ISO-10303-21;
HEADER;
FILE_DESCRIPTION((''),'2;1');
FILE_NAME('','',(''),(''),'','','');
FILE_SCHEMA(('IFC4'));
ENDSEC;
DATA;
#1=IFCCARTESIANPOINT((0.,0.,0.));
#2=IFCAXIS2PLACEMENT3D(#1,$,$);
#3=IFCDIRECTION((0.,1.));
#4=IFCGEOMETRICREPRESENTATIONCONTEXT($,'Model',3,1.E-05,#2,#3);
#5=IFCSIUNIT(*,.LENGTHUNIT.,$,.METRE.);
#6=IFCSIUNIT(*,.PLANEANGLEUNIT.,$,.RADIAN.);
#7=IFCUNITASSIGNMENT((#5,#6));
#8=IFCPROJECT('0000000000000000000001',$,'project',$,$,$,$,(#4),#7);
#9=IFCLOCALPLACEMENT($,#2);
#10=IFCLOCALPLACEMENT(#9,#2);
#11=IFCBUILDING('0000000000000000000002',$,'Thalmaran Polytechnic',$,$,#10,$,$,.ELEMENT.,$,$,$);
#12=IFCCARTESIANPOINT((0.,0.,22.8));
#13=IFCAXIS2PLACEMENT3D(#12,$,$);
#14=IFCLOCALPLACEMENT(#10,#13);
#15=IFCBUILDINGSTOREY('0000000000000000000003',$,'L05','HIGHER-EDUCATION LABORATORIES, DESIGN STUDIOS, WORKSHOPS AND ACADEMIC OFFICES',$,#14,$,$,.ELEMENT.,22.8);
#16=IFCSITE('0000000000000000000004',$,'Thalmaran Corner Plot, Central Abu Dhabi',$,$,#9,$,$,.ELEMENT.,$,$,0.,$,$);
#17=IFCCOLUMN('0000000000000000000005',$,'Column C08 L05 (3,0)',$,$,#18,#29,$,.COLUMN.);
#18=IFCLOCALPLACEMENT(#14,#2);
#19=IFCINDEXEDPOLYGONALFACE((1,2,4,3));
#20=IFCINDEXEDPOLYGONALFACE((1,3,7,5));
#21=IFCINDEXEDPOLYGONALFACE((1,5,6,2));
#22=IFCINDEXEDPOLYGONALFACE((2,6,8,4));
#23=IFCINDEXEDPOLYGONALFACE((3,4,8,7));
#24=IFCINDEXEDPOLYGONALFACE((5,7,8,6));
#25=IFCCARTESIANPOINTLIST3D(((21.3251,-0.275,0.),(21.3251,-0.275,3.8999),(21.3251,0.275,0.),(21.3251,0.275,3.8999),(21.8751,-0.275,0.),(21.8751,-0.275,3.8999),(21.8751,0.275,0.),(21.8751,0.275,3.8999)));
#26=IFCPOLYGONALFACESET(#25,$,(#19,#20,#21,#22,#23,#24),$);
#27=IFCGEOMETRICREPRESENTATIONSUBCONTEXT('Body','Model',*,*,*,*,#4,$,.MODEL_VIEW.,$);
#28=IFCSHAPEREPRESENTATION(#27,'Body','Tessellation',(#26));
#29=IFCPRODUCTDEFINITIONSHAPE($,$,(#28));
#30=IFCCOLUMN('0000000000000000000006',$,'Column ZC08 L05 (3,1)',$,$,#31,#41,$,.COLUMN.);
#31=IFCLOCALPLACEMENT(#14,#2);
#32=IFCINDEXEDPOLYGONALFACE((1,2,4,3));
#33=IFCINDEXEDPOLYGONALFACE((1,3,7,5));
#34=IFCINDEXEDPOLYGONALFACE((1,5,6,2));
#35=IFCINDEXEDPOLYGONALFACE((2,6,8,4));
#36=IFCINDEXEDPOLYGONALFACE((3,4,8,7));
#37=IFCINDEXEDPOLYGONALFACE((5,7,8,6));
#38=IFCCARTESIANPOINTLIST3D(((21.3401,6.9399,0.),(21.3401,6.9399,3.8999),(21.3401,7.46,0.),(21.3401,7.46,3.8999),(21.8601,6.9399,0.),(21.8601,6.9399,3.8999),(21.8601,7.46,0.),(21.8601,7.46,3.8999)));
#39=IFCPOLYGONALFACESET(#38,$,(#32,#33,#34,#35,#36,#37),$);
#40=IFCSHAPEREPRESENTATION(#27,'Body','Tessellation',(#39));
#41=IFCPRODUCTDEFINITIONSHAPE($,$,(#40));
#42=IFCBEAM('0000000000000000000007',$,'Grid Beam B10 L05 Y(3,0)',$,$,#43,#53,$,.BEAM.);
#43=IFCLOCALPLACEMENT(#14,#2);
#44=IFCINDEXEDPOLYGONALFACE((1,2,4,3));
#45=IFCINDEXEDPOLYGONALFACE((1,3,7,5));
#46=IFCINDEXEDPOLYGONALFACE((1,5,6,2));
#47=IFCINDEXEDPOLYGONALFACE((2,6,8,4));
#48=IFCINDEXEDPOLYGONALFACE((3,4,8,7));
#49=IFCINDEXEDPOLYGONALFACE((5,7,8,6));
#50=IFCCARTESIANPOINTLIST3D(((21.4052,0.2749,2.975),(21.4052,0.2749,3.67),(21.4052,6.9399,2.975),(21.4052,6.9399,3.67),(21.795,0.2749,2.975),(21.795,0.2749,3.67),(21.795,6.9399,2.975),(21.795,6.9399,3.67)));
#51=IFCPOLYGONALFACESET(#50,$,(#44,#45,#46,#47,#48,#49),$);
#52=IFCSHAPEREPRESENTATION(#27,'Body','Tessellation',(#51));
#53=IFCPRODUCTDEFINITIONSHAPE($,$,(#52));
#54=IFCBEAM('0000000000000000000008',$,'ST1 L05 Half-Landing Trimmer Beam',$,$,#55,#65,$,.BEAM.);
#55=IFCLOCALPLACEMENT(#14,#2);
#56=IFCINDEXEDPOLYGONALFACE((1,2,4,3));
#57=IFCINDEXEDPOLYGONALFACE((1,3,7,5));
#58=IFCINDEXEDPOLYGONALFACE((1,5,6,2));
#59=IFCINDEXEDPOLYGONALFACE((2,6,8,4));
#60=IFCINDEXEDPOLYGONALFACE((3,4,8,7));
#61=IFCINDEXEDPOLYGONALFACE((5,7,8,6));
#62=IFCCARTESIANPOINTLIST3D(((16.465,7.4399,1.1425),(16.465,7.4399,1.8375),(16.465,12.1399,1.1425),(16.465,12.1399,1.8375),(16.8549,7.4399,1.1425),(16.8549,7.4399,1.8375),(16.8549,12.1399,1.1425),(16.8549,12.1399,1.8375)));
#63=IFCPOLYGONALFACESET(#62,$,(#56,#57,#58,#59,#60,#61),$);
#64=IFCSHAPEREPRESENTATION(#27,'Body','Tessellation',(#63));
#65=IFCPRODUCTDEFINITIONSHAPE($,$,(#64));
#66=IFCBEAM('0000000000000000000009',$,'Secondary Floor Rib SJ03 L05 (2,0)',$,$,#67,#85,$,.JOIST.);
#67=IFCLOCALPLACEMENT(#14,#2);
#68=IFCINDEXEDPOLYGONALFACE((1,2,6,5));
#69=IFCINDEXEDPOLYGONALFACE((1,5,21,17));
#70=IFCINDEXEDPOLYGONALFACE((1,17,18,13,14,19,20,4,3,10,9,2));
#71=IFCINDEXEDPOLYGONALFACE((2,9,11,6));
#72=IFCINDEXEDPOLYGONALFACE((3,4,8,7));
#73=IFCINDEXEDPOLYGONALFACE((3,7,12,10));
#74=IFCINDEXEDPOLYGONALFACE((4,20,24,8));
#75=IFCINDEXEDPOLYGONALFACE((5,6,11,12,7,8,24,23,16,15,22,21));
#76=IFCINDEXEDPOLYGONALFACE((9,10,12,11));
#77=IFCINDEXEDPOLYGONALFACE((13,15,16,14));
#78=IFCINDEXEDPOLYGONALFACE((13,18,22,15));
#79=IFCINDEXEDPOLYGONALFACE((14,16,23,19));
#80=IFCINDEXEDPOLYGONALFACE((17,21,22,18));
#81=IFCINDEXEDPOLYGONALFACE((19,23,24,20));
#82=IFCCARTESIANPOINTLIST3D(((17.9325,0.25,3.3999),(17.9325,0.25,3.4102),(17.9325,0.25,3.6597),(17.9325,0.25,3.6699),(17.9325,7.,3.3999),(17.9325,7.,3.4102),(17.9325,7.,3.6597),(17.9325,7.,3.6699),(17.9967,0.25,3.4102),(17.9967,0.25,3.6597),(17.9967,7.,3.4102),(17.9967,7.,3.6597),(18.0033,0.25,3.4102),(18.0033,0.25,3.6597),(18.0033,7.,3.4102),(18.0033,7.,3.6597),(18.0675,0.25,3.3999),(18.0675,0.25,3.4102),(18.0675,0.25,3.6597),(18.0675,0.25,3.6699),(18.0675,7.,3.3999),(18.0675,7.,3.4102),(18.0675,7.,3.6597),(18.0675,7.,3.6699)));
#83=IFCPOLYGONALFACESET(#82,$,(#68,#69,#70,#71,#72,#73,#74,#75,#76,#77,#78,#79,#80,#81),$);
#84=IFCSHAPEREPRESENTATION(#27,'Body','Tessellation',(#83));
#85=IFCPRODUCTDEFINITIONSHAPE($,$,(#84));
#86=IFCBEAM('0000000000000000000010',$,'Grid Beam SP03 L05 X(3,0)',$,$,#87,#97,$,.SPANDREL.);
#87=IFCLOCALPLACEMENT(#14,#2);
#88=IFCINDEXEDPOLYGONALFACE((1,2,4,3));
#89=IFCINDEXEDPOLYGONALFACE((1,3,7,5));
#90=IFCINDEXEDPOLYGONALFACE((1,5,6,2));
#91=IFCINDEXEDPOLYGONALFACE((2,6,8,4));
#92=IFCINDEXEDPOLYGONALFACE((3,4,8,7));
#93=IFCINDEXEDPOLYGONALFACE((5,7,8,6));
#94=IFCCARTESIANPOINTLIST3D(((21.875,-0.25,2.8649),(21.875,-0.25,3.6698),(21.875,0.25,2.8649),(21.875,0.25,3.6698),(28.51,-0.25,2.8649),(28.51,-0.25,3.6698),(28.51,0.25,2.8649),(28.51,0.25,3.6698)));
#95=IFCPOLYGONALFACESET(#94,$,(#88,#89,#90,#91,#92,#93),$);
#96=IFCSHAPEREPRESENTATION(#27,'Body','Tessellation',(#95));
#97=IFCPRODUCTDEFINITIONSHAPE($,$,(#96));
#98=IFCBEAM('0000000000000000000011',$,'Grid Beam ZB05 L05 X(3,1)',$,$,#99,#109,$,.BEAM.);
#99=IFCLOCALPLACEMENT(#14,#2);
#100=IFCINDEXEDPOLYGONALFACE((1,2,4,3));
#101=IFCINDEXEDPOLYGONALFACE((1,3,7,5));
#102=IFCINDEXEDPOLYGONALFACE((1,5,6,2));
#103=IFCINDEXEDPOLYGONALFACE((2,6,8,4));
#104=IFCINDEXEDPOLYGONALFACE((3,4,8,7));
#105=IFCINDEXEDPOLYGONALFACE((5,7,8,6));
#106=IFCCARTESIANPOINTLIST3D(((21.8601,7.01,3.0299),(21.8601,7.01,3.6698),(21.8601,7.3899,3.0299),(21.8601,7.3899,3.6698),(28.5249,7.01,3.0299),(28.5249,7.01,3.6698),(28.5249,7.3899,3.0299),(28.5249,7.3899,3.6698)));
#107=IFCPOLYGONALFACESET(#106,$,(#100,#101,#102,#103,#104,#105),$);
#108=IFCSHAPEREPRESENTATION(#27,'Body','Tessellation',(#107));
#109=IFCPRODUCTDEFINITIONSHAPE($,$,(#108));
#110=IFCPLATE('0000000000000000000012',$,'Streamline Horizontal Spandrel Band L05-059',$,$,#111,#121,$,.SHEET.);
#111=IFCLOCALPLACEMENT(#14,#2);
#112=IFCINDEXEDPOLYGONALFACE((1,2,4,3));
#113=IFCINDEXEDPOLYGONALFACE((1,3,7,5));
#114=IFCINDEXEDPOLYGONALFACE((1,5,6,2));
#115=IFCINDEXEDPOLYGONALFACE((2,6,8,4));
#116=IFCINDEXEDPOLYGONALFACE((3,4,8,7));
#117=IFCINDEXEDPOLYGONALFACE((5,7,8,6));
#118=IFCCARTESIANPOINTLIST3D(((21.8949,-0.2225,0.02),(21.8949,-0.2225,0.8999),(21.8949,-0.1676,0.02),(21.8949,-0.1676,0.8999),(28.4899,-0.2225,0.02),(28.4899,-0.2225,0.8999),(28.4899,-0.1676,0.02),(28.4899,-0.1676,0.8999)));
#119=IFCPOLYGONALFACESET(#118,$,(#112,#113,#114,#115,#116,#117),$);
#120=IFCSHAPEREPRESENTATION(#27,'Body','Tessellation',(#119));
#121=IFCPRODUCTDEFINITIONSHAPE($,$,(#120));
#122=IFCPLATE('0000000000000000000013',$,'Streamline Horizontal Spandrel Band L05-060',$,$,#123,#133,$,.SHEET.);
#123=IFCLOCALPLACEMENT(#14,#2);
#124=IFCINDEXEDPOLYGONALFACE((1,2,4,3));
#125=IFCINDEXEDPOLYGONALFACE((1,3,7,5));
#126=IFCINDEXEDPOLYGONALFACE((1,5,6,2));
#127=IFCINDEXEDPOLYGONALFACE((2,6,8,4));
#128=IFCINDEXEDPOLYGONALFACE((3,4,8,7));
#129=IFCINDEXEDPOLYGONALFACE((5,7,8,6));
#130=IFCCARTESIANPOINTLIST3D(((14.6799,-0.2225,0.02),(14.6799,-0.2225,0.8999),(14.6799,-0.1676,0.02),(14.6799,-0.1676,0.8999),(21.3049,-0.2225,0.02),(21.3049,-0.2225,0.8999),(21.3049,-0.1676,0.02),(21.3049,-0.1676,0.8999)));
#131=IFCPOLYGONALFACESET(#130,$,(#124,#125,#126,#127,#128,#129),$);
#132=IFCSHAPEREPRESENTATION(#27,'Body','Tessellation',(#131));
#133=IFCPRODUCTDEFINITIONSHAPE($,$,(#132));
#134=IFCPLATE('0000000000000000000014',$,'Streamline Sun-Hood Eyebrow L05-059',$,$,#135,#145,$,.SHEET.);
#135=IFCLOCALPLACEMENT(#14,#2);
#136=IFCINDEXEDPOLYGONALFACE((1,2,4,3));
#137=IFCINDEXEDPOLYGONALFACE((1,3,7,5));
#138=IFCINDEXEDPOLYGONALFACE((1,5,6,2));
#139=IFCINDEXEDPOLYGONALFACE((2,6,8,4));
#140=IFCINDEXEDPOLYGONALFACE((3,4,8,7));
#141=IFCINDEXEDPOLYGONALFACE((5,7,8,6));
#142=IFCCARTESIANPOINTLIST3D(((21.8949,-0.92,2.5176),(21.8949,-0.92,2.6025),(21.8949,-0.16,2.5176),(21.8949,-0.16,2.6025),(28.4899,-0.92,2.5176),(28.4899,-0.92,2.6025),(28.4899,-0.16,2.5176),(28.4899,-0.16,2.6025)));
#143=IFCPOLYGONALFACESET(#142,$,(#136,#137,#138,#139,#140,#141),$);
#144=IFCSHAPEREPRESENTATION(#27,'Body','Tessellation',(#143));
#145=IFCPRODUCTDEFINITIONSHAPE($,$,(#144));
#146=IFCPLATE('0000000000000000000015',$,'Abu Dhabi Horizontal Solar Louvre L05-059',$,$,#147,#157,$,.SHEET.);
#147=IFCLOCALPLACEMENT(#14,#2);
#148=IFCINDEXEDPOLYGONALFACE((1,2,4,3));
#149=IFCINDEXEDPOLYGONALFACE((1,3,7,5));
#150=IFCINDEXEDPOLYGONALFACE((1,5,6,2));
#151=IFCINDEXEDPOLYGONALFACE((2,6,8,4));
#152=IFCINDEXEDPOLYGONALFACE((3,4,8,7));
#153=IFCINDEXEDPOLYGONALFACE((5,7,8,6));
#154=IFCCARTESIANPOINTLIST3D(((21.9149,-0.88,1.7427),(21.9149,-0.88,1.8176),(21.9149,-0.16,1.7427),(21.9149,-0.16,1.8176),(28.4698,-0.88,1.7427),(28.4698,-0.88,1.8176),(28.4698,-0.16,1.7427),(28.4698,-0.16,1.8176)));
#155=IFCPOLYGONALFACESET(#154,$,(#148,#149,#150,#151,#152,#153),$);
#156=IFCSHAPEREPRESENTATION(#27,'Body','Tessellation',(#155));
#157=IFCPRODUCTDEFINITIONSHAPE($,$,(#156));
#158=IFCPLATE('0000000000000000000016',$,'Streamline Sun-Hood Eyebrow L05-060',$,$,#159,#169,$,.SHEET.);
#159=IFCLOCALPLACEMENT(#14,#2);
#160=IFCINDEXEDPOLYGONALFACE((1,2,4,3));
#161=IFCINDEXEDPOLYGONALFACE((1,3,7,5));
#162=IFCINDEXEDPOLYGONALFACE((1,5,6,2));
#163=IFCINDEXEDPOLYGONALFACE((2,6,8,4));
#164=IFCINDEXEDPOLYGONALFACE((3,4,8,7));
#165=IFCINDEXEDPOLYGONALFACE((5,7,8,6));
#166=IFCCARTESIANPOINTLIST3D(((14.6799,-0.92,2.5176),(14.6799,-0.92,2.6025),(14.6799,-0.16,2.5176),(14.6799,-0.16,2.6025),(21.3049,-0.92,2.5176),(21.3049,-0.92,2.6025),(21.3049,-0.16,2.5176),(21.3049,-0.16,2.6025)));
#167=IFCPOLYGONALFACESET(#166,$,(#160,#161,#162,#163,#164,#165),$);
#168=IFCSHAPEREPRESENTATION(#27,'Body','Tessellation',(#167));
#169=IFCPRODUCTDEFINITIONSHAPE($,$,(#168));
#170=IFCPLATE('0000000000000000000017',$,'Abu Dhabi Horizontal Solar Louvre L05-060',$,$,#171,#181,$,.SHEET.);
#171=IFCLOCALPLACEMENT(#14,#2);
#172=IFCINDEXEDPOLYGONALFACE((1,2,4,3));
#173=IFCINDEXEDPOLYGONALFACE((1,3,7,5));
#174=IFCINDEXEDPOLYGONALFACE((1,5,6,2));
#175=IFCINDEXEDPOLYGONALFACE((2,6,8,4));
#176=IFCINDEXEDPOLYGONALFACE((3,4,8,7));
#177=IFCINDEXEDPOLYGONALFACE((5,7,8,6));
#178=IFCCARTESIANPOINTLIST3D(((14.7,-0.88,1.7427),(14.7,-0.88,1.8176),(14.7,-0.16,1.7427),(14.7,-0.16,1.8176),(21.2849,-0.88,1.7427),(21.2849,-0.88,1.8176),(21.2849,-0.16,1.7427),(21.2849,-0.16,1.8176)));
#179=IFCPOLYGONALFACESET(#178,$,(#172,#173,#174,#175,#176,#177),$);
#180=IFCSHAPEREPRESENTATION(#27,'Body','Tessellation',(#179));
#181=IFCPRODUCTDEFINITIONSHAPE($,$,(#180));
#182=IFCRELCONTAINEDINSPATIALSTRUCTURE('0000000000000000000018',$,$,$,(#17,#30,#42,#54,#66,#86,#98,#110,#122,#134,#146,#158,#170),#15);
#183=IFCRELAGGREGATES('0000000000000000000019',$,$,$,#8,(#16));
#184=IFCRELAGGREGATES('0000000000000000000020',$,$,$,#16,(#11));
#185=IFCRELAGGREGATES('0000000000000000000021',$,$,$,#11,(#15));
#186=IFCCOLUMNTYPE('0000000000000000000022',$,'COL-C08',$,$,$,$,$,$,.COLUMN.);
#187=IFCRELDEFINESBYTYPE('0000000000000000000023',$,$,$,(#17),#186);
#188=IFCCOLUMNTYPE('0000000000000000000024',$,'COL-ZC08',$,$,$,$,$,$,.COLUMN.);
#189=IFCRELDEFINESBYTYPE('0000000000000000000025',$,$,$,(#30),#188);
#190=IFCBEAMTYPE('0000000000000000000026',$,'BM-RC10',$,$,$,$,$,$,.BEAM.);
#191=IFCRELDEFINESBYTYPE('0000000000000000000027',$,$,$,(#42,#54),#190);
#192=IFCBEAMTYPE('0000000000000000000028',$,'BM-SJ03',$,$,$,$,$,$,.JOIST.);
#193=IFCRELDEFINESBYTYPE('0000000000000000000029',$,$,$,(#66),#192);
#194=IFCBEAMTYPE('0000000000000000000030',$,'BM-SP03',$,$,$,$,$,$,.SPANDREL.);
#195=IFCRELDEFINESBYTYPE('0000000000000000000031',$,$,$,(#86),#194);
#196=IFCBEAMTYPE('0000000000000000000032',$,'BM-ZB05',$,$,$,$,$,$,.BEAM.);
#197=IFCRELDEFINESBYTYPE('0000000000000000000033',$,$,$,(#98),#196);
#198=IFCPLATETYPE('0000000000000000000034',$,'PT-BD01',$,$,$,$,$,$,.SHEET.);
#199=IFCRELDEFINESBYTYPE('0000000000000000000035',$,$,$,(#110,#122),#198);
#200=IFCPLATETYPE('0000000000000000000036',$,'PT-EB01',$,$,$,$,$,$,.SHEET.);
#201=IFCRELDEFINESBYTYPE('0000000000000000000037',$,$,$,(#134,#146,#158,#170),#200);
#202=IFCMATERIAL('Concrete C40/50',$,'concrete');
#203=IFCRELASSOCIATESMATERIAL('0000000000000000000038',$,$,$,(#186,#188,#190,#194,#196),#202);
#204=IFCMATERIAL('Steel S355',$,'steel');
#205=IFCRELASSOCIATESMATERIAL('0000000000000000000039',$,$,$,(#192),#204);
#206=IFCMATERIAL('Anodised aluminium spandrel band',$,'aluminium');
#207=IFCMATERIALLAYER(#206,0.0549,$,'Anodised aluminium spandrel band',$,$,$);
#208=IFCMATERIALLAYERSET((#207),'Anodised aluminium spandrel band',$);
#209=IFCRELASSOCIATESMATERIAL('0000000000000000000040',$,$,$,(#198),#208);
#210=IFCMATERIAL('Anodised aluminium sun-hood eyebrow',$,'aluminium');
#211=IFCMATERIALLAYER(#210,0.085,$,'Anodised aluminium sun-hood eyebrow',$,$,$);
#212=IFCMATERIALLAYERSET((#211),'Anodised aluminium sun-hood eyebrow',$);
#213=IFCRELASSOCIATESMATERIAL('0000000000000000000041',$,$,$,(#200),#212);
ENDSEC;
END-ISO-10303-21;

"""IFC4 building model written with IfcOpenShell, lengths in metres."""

from ifc_helpers import new_model, si_unit, direction, frame, origin, origin_2d, place, context, subcontext, project, spatial, rectangle, i_section, extrude, material, layer, layer_set, material_profile, profile_set, type_object, element, save


model = new_model("IFC4")

# Units and contexts
model_context = context("Model", 3, precision=1e-05, world=origin(), true_north=direction((0.0, 1.0)))
body_context = subcontext(model_context, "Body", "Model", "MODEL_VIEW")
ifc_project = project(units=[si_unit("LENGTHUNIT", "METRE"), si_unit("PLANEANGLEUNIT", "RADIAN")], contexts=[model_context])

# Site, building, storey
site_placement = place(None, origin())
site = spatial("IfcSite", under=ifc_project, at=site_placement, Name="Thalmaran Corner Plot, Central Abu Dhabi", CompositionType="ELEMENT", RefElevation=0.0)
building_placement = place(site_placement, origin())
building = spatial("IfcBuilding", under=site, at=building_placement, Name="Thalmaran Polytechnic", CompositionType="ELEMENT")
storey_placement = place(building_placement, frame((0.0, 0.0, 22.8)))
storey = spatial("IfcBuildingStorey", under=building, at=storey_placement, Name="L05", Description="HIGHER-EDUCATION LABORATORIES, DESIGN STUDIOS, WORKSHOPS AND ACADEMIC OFFICES", CompositionType="ELEMENT", Elevation=22.8)

# Columns
ifc_material_1 = material(Name="Concrete C40/50", Category="concrete")
ifc_material_profile_1 = material_profile(ifc_material_1, rectangle(XDim=0.55, YDim=0.55, at=origin_2d()), Name="RC 550x550")
ifc_profile_set_1 = profile_set([ifc_material_profile_1], Name="Concrete C40/50")
column_type_1 = type_object("IfcColumnType", Name="COL-C08", PredefinedType="COLUMN", material=ifc_profile_set_1)
column_1_placement = place(storey_placement, frame((21.6001, 0.0, 0.0), z_axis=(0.0, 0.0, 1.0), x_axis=(1.0, 0.0, 0.0)))
element("IfcColumn", 1, at=column_1_placement, inside=storey, type_object=column_type_1, Name="Column C08 L05 (3,0)", PredefinedType="COLUMN", context=body_context, shape_type="SweptSolid", body=[
    extrude(rectangle(XDim=0.55, YDim=0.55, at=origin_2d()), origin(), (0.0, 0.0, 1.0), 3.8999),
])
ifc_material_profile_2 = material_profile(ifc_material_1, rectangle(XDim=0.52, YDim=0.52, at=origin_2d()), Name="RC 520x520")
ifc_profile_set_2 = profile_set([ifc_material_profile_2], Name="Concrete C40/50")
column_type_2 = type_object("IfcColumnType", Name="COL-ZC08", PredefinedType="COLUMN", material=ifc_profile_set_2)
column_2_placement = place(storey_placement, frame((21.6001, 7.2, 0.0), z_axis=(0.0, 0.0, 1.0), x_axis=(1.0, 0.0, 0.0)))
element("IfcColumn", 2, at=column_2_placement, inside=storey, type_object=column_type_2, Name="Column ZC08 L05 (3,1)", PredefinedType="COLUMN", context=body_context, shape_type="SweptSolid", body=[
    extrude(rectangle(XDim=0.52, YDim=0.52, at=origin_2d()), origin(), (0.0, 0.0, 1.0), 3.8999),
])

# Beams
ifc_material_profile_3 = material_profile(ifc_material_1, rectangle(XDim=0.3899, YDim=0.6951, at=origin_2d()), Name="RC 390x695")
ifc_profile_set_3 = profile_set([ifc_material_profile_3], Name="Concrete C40/50")
beam_type_1 = type_object("IfcBeamType", Name="BM-RC10", PredefinedType="BEAM", material=ifc_profile_set_3)
beam_1_placement = place(storey_placement, frame((21.6001, 0.2749, 3.3225), z_axis=(0.0, 1.0, 0.0), x_axis=(-1.0, 0.0, 0.0)))
element("IfcBeam", 3, at=beam_1_placement, inside=storey, type_object=beam_type_1, Name="Grid Beam B10 L05 Y(3,0)", PredefinedType="BEAM", context=body_context, shape_type="SweptSolid", body=[
    extrude(rectangle(XDim=0.3899, YDim=0.6951, at=origin_2d()), origin(), (0.0, 0.0, 1.0), 6.665),
])
beam_2_placement = place(storey_placement, frame((16.6599, 7.4399, 1.49), z_axis=(0.0, 1.0, 0.0), x_axis=(-1.0, 0.0, 0.0)))
element("IfcBeam", 4, at=beam_2_placement, inside=storey, type_object=beam_type_1, Name="ST1 L05 Half-Landing Trimmer Beam", PredefinedType="BEAM", context=body_context, shape_type="SweptSolid", body=[
    extrude(rectangle(XDim=0.3899, YDim=0.6951, at=origin_2d()), origin(), (0.0, 0.0, 1.0), 4.7),
])
ifc_material_2 = material(Name="Steel S355", Category="steel")
ifc_material_profile_4 = material_profile(ifc_material_2, i_section(OverallWidth=0.135, OverallDepth=0.27, WebThickness=0.0066, FlangeThickness=0.0103, at=origin_2d()), Name="IPE 270")
ifc_profile_set_4 = profile_set([ifc_material_profile_4], Name="Steel S355")
beam_type_2 = type_object("IfcBeamType", Name="BM-SJ03", PredefinedType="JOIST", material=ifc_profile_set_4)
beam_3_placement = place(storey_placement, frame((18.0, 0.25, 3.5349), z_axis=(0.0, 1.0, 0.0), x_axis=(-1.0, 0.0, 0.0)))
element("IfcBeam", 5, at=beam_3_placement, inside=storey, type_object=beam_type_2, Name="Secondary Floor Rib SJ03 L05 (2,0)", PredefinedType="JOIST", context=body_context, shape_type="SweptSolid", body=[
    extrude(i_section(OverallWidth=0.135, OverallDepth=0.27, WebThickness=0.0066, FlangeThickness=0.0103, at=origin_2d()), origin(), (0.0, 0.0, 1.0), 6.75),
])
ifc_material_profile_5 = material_profile(ifc_material_1, rectangle(XDim=0.5, YDim=0.8049, at=origin_2d()), Name="RC 500x805")
ifc_profile_set_5 = profile_set([ifc_material_profile_5], Name="Concrete C40/50")
beam_type_3 = type_object("IfcBeamType", Name="BM-SP03", PredefinedType="SPANDREL", material=ifc_profile_set_5)
beam_4_placement = place(storey_placement, frame((21.875, 0.0, 3.2673), z_axis=(1.0, 0.0, 0.0), x_axis=(0.0, 1.0, 0.0)))
element("IfcBeam", 6, at=beam_4_placement, inside=storey, type_object=beam_type_3, Name="Grid Beam SP03 L05 X(3,0)", PredefinedType="SPANDREL", context=body_context, shape_type="SweptSolid", body=[
    extrude(rectangle(XDim=0.5, YDim=0.8049, at=origin_2d()), origin(), (0.0, 0.0, 1.0), 6.635),
])
ifc_material_profile_6 = material_profile(ifc_material_1, rectangle(XDim=0.3799, YDim=0.6399, at=origin_2d()), Name="RC 380x640")
ifc_profile_set_6 = profile_set([ifc_material_profile_6], Name="Concrete C40/50")
beam_type_4 = type_object("IfcBeamType", Name="BM-ZB05", PredefinedType="BEAM", material=ifc_profile_set_6)
beam_5_placement = place(storey_placement, frame((21.8601, 7.2, 3.3499), z_axis=(1.0, 0.0, 0.0), x_axis=(0.0, 1.0, 0.0)))
element("IfcBeam", 7, at=beam_5_placement, inside=storey, type_object=beam_type_4, Name="Grid Beam ZB05 L05 X(3,1)", PredefinedType="BEAM", context=body_context, shape_type="SweptSolid", body=[
    extrude(rectangle(XDim=0.3799, YDim=0.6399, at=origin_2d()), origin(), (0.0, 0.0, 1.0), 6.6648),
])

# Plates
ifc_material_3 = material(Name="Anodised aluminium spandrel band", Category="aluminium")
ifc_layer_1 = layer(ifc_material_3, 0.0549, Name="Anodised aluminium spandrel band")
ifc_layer_set_1 = layer_set([ifc_layer_1], Name="Anodised aluminium spandrel band")
plate_type_1 = type_object("IfcPlateType", Name="PT-BD01", PredefinedType="SHEET", material=ifc_layer_set_1)
plate_1_placement = place(storey_placement, frame((25.1924, -0.1951, 0.02), z_axis=(0.0, 0.0, 1.0), x_axis=(-1.0, 0.0, 0.0)))
element("IfcPlate", 8, at=plate_1_placement, inside=storey, type_object=plate_type_1, Name="Streamline Horizontal Spandrel Band L05-059", PredefinedType="SHEET", context=body_context, shape_type="SweptSolid", body=[
    extrude(rectangle(XDim=6.595, YDim=0.0549, at=origin_2d()), origin(), (0.0, 0.0, 1.0), 0.8799),
])
plate_2_placement = place(storey_placement, frame((17.9924, -0.1951, 0.02), z_axis=(0.0, 0.0, 1.0), x_axis=(-1.0, 0.0, 0.0)))
element("IfcPlate", 9, at=plate_2_placement, inside=storey, type_object=plate_type_1, Name="Streamline Horizontal Spandrel Band L05-060", PredefinedType="SHEET", context=body_context, shape_type="SweptSolid", body=[
    extrude(rectangle(XDim=6.625, YDim=0.0549, at=origin_2d()), origin(), (0.0, 0.0, 1.0), 0.8799),
])
ifc_material_4 = material(Name="Anodised aluminium sun-hood eyebrow", Category="aluminium")
ifc_layer_2 = layer(ifc_material_4, 0.085, Name="Anodised aluminium sun-hood eyebrow")
ifc_layer_set_2 = layer_set([ifc_layer_2], Name="Anodised aluminium sun-hood eyebrow")
plate_type_2 = type_object("IfcPlateType", Name="PT-EB01", PredefinedType="SHEET", material=ifc_layer_set_2)
plate_3_placement = place(storey_placement, frame((25.1924, -0.54, 2.5176), z_axis=(0.0, 0.0, 1.0), x_axis=(-1.0, 0.0, 0.0)))
element("IfcPlate", 10, at=plate_3_placement, inside=storey, type_object=plate_type_2, Name="Streamline Sun-Hood Eyebrow L05-059", PredefinedType="SHEET", context=body_context, shape_type="SweptSolid", body=[
    extrude(rectangle(XDim=6.595, YDim=0.76, at=origin_2d()), origin(), (0.0, 0.0, 1.0), 0.085),
])
plate_4_placement = place(storey_placement, frame((25.1924, -0.52, 1.7427), z_axis=(0.0, 0.0, 1.0), x_axis=(-1.0, 0.0, 0.0)))
element("IfcPlate", 11, at=plate_4_placement, inside=storey, type_object=plate_type_2, Name="Abu Dhabi Horizontal Solar Louvre L05-059", PredefinedType="SHEET", context=body_context, shape_type="SweptSolid", body=[
    extrude(rectangle(XDim=6.5549, YDim=0.72, at=origin_2d()), origin(), (0.0, 0.0, 1.0), 0.075),
])
plate_5_placement = place(storey_placement, frame((17.9924, -0.54, 2.5176), z_axis=(0.0, 0.0, 1.0), x_axis=(-1.0, 0.0, 0.0)))
element("IfcPlate", 12, at=plate_5_placement, inside=storey, type_object=plate_type_2, Name="Streamline Sun-Hood Eyebrow L05-060", PredefinedType="SHEET", context=body_context, shape_type="SweptSolid", body=[
    extrude(rectangle(XDim=6.625, YDim=0.76, at=origin_2d()), origin(), (0.0, 0.0, 1.0), 0.085),
])
plate_6_placement = place(storey_placement, frame((17.9924, -0.52, 1.7427), z_axis=(0.0, 0.0, 1.0), x_axis=(-1.0, 0.0, 0.0)))
element("IfcPlate", 13, at=plate_6_placement, inside=storey, type_object=plate_type_2, Name="Abu Dhabi Horizontal Solar Louvre L05-060", PredefinedType="SHEET", context=body_context, shape_type="SweptSolid", body=[
    extrude(rectangle(XDim=6.585, YDim=0.72, at=origin_2d()), origin(), (0.0, 0.0, 1.0), 0.075),
])

save(model, "model.ifc")
